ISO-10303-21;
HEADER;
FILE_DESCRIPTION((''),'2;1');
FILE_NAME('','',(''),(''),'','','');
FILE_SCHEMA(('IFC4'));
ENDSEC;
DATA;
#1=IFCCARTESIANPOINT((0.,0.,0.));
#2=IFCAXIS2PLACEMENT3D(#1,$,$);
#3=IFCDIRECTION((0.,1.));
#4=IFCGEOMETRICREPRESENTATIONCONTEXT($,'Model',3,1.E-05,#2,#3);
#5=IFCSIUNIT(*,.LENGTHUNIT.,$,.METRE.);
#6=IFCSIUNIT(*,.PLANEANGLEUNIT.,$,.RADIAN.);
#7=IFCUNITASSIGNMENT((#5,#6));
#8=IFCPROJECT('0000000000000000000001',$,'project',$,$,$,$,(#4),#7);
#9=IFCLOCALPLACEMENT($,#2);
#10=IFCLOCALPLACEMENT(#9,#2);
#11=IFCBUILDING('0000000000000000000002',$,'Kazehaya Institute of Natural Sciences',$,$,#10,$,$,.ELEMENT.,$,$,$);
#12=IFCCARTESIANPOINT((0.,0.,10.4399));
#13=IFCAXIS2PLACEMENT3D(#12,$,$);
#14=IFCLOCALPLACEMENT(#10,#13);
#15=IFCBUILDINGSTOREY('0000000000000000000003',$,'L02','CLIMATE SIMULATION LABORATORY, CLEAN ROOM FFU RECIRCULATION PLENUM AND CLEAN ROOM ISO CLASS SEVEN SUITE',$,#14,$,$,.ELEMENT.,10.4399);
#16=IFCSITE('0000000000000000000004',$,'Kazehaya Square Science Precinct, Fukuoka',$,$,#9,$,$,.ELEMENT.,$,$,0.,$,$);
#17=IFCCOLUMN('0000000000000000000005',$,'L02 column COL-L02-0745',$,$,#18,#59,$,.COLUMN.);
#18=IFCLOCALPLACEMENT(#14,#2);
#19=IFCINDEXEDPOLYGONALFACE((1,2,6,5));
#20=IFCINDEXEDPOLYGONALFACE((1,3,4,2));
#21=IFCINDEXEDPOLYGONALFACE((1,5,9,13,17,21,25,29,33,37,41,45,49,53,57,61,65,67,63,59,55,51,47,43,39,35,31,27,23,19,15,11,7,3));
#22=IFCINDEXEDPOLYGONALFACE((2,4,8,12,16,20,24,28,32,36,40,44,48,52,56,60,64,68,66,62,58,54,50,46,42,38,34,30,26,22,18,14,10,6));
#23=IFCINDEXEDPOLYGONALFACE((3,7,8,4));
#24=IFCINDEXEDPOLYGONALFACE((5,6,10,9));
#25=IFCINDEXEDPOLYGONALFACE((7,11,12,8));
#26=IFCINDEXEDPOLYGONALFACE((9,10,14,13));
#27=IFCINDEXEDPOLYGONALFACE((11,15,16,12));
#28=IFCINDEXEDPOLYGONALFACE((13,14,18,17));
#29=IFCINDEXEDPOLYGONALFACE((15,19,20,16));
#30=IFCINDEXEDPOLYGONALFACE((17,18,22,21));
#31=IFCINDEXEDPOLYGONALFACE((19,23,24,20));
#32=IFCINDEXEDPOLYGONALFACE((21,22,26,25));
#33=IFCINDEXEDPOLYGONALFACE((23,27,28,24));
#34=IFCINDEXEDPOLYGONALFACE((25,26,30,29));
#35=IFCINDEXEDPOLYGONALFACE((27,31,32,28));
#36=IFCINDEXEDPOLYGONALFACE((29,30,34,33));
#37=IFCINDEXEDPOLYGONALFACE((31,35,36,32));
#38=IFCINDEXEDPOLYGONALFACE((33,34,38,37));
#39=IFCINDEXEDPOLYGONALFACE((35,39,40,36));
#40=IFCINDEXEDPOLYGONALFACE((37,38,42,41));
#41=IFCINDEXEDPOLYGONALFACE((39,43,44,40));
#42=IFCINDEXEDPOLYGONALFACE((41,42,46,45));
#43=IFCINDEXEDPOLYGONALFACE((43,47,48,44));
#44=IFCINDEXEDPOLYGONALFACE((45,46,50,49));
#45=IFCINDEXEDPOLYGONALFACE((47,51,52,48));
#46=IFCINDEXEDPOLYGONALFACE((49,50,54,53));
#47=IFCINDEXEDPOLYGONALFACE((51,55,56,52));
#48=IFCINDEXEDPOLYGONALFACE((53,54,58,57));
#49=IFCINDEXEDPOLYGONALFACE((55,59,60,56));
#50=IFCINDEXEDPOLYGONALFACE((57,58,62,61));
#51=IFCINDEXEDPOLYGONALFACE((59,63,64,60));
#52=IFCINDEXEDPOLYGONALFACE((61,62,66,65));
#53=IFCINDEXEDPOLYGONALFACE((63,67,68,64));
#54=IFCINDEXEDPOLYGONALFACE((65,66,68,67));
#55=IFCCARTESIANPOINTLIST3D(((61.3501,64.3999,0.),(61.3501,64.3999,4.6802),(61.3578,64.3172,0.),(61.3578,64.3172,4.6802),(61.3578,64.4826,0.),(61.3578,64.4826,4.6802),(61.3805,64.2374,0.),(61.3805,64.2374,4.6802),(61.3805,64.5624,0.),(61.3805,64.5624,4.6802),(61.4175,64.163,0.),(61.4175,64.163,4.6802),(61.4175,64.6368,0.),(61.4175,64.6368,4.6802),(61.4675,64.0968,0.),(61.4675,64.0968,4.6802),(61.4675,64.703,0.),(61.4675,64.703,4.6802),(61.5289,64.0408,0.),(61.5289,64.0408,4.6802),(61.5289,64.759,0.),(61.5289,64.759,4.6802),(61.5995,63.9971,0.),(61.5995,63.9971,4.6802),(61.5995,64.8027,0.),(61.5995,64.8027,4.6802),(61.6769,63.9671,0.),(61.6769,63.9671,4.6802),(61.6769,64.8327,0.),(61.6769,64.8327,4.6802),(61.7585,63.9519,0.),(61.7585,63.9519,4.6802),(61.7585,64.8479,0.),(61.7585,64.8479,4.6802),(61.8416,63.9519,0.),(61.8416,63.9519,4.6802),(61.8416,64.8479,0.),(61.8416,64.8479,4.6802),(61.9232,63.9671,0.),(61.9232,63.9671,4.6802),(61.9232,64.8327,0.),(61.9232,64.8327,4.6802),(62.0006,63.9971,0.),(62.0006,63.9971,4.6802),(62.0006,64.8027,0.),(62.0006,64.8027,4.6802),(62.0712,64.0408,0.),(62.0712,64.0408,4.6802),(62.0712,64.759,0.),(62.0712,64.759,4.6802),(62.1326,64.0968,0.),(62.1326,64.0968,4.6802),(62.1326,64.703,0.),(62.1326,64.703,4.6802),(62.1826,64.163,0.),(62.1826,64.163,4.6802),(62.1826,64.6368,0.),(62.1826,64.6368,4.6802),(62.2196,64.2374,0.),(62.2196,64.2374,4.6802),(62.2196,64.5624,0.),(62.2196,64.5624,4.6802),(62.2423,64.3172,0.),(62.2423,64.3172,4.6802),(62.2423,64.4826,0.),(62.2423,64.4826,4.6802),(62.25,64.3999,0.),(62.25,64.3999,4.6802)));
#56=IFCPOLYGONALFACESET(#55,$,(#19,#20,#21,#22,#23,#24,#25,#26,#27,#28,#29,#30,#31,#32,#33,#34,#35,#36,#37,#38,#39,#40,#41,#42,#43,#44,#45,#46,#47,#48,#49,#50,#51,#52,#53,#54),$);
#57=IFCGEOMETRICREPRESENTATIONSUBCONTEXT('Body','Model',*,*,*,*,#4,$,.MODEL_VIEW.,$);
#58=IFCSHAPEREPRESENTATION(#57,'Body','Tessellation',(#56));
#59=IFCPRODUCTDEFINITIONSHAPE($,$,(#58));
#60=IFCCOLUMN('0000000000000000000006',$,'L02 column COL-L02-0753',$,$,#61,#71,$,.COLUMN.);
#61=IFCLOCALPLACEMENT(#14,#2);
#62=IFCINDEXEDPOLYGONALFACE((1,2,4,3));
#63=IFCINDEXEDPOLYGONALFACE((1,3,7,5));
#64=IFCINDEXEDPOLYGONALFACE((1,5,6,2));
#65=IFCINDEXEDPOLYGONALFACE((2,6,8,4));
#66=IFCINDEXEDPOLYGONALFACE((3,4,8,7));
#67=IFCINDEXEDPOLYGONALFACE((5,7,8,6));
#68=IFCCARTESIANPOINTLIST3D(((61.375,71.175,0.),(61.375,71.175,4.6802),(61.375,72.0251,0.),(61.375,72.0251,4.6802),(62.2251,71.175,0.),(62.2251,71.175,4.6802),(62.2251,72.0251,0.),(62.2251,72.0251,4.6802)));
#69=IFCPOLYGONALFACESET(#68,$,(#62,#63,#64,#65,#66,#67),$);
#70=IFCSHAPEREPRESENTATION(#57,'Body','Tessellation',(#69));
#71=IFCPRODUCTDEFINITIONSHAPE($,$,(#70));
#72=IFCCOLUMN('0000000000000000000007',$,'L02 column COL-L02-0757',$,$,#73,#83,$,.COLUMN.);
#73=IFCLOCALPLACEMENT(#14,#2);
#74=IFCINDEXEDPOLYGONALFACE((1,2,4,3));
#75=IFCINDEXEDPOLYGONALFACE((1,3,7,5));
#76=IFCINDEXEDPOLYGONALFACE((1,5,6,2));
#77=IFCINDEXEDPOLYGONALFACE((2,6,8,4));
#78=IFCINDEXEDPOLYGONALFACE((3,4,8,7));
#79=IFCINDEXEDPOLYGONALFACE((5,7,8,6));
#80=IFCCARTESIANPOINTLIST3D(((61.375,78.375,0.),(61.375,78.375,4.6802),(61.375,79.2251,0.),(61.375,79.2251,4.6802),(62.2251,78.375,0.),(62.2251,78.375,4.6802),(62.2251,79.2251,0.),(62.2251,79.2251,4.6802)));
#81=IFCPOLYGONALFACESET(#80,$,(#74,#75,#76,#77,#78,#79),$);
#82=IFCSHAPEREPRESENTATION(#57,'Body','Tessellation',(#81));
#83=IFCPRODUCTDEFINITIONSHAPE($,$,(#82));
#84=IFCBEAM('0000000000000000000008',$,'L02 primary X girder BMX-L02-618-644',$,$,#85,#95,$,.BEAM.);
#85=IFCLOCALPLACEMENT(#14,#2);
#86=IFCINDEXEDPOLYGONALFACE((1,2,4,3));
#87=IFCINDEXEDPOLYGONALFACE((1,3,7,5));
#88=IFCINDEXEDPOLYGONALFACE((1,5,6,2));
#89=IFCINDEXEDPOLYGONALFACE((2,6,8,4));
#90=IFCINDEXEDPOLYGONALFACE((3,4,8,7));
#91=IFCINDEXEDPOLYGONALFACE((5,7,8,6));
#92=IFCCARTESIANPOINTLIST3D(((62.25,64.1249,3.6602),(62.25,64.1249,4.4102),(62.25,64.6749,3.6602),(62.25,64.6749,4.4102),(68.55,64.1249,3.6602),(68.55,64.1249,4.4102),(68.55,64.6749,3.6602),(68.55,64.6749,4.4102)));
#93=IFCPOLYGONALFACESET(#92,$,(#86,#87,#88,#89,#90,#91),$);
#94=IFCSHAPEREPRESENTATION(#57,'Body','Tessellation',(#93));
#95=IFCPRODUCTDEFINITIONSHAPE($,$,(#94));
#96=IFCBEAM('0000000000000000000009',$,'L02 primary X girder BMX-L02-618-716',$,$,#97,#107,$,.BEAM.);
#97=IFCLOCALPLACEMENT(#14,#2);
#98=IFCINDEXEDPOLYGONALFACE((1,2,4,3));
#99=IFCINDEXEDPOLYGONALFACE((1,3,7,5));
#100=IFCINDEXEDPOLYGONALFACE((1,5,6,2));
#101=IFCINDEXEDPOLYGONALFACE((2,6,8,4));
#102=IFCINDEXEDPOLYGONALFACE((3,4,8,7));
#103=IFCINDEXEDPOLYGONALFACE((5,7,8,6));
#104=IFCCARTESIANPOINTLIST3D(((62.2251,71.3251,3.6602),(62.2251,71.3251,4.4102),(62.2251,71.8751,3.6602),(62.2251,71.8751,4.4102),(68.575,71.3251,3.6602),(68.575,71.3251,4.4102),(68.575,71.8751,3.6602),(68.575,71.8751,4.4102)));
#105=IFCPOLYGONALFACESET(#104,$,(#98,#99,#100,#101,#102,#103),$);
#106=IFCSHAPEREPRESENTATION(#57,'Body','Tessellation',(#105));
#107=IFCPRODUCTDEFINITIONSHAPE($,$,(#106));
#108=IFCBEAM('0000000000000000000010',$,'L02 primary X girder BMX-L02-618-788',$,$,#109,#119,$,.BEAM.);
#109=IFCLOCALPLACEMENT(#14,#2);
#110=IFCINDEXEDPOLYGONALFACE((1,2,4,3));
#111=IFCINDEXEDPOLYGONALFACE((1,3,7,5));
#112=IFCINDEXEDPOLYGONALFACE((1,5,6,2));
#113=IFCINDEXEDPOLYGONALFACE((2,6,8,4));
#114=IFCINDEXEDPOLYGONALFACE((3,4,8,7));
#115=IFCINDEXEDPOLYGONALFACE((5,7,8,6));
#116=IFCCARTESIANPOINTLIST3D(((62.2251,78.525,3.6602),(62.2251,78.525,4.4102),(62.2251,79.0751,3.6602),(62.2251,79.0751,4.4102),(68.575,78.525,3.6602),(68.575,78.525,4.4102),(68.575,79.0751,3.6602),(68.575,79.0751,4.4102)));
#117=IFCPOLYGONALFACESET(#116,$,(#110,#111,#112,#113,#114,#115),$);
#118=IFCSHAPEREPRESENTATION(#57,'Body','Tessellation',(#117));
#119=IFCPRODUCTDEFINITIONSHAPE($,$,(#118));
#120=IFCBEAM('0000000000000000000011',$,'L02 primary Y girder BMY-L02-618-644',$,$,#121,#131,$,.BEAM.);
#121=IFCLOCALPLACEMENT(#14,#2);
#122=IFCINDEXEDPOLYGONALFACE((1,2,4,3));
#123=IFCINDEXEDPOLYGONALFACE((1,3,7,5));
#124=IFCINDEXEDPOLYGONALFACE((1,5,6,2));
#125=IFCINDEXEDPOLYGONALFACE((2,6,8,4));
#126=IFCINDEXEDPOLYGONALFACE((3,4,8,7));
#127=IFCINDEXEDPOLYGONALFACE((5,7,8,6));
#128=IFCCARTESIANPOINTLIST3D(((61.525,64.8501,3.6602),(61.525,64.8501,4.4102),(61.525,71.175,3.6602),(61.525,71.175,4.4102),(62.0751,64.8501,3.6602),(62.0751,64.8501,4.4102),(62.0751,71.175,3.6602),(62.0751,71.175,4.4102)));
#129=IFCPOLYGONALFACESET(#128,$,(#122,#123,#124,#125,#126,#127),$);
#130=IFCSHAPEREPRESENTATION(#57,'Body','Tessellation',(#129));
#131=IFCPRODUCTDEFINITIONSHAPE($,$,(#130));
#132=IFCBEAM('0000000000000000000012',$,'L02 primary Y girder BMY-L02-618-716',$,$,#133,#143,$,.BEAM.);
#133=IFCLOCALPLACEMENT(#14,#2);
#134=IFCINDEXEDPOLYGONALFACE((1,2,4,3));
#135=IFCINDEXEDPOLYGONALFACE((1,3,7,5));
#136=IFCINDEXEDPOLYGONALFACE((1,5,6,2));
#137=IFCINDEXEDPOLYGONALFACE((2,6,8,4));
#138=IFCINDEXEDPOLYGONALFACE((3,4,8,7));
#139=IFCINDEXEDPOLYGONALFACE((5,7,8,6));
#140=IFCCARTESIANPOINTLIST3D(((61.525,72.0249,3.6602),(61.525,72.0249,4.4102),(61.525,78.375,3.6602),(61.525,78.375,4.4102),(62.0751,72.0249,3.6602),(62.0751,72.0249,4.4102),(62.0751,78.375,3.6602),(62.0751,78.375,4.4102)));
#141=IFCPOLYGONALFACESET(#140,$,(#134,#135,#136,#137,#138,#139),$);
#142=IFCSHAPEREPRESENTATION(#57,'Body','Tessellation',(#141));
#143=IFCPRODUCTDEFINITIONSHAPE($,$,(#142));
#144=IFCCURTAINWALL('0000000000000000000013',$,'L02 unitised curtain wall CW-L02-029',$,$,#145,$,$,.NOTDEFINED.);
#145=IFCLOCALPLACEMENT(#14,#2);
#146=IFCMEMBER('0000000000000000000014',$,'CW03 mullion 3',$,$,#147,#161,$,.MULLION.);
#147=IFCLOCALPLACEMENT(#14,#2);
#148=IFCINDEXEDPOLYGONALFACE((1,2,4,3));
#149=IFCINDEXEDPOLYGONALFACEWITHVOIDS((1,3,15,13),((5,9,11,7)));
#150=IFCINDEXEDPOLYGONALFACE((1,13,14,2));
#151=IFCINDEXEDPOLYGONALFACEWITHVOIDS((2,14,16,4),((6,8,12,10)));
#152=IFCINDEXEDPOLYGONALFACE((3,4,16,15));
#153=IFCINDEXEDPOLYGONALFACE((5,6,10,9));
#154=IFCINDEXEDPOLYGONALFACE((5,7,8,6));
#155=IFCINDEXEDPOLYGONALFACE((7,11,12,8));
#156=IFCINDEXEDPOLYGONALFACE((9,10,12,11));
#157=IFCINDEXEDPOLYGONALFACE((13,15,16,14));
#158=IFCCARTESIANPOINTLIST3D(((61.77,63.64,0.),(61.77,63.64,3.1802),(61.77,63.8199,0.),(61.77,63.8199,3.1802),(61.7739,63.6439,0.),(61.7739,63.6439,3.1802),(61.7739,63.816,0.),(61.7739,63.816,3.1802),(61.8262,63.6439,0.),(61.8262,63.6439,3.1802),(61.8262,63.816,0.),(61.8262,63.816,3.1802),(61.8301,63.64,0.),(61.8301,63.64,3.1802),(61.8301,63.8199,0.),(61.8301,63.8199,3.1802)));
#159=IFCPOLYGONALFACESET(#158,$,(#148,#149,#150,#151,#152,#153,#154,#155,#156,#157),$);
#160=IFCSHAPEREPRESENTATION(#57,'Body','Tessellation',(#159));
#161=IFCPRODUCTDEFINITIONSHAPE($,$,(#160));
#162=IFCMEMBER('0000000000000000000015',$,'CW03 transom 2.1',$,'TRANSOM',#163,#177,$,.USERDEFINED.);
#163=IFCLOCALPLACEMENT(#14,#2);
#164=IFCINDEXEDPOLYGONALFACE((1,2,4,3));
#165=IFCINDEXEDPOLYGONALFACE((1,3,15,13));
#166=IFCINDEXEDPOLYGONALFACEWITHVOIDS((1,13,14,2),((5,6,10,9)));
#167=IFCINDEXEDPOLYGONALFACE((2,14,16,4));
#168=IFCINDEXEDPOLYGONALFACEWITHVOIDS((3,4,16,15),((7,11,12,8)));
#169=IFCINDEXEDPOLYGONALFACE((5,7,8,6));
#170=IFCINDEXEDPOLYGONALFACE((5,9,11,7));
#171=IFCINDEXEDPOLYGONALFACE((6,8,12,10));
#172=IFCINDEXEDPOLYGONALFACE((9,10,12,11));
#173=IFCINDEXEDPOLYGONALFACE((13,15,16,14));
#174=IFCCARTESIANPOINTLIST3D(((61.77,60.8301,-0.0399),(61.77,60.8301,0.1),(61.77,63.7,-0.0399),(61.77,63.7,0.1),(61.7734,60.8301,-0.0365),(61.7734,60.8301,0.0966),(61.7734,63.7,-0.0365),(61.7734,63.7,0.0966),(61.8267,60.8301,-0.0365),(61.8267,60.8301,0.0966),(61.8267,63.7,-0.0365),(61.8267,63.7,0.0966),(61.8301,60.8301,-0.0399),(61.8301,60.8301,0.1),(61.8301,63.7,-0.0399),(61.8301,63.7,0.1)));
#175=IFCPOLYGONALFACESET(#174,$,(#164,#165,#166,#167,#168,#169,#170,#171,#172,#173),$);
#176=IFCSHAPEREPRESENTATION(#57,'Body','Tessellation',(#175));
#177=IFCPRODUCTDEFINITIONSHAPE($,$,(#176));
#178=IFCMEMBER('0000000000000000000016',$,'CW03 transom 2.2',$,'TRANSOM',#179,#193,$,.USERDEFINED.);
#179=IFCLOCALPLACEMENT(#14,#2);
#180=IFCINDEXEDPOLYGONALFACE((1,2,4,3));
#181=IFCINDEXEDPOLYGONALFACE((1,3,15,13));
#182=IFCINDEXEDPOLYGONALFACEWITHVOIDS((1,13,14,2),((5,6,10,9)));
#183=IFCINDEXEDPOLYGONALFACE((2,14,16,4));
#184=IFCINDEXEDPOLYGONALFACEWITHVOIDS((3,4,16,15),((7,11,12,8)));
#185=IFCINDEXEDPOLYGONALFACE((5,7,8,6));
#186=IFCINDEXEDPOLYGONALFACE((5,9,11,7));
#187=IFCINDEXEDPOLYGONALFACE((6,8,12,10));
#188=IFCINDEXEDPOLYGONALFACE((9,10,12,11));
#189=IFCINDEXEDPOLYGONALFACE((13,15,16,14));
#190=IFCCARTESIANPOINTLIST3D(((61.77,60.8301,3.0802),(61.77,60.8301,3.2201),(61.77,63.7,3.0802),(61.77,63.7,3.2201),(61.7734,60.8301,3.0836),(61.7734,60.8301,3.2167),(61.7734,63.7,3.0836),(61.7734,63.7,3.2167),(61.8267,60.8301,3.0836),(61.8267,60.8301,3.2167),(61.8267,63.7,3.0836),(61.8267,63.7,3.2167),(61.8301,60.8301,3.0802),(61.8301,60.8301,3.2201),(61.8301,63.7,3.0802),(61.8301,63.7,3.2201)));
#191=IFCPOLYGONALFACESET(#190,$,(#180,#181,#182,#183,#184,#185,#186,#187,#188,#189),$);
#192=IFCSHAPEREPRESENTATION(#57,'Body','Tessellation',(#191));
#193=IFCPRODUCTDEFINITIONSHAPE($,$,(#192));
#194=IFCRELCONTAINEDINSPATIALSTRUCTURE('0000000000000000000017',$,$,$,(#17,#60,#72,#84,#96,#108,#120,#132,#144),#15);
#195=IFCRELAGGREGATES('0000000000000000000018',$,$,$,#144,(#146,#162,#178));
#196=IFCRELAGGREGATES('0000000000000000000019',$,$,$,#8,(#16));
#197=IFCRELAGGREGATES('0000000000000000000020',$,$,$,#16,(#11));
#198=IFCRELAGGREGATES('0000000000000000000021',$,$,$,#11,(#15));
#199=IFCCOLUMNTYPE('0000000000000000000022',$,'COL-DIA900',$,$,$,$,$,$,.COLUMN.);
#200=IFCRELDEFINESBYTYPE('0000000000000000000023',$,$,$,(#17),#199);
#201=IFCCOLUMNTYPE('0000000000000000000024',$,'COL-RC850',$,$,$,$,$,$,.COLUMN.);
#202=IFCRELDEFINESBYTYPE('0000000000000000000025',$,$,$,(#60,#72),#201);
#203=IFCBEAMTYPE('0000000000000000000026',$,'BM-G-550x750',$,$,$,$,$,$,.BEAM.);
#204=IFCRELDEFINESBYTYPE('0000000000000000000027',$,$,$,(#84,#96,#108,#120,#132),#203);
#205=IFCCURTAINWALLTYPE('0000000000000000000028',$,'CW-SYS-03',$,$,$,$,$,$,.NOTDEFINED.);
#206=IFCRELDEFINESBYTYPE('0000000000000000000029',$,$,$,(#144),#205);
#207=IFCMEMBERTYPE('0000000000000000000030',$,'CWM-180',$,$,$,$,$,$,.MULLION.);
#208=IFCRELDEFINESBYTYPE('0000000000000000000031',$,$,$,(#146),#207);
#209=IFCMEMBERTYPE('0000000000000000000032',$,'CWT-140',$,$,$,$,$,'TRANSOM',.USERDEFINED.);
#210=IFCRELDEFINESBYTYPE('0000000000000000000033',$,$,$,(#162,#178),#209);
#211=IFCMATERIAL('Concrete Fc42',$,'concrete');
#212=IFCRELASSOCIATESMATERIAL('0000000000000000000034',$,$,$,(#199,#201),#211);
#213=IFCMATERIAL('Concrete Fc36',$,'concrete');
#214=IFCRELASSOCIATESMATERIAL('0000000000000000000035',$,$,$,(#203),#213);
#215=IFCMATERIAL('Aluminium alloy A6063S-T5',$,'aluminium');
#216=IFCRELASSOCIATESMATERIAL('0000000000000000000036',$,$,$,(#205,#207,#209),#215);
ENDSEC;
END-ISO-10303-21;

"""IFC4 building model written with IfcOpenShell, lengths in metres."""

from ifc_helpers import new_model, si_unit, direction, frame, origin, origin_2d, place, context, subcontext, project, spatial, rectangle, hollow_rectangle, circle, extrude, material, material_profile, profile_set, type_object, element, aggregate, save


model = new_model("IFC4")

# Units and contexts
model_context = context("Model", 3, precision=1e-05, world=origin(), true_north=direction((0.0, 1.0)))
body_context = subcontext(model_context, "Body", "Model", "MODEL_VIEW")
ifc_project = project(units=[si_unit("LENGTHUNIT", "METRE"), si_unit("PLANEANGLEUNIT", "RADIAN")], contexts=[model_context])

# Site, building, storey
site_placement = place(None, origin())
site = spatial("IfcSite", under=ifc_project, at=site_placement, Name="Kazehaya Square Science Precinct, Fukuoka", CompositionType="ELEMENT", RefElevation=0.0)
building_placement = place(site_placement, origin())
building = spatial("IfcBuilding", under=site, at=building_placement, Name="Kazehaya Institute of Natural Sciences", CompositionType="ELEMENT")
storey_placement = place(building_placement, frame((0.0, 0.0, 10.4399)))
storey = spatial("IfcBuildingStorey", under=building, at=storey_placement, Name="L02", Description="CLIMATE SIMULATION LABORATORY, CLEAN ROOM FFU RECIRCULATION PLENUM AND CLEAN ROOM ISO CLASS SEVEN SUITE", CompositionType="ELEMENT", Elevation=10.4399)

# Columns
ifc_material_1 = material(Name="Concrete Fc42", Category="concrete")
ifc_material_profile_1 = material_profile(ifc_material_1, circle(Radius=0.45, at=origin_2d()), Name="RC-DIA900")
ifc_profile_set_1 = profile_set([ifc_material_profile_1], Name="Concrete Fc42")
column_type_1 = type_object("IfcColumnType", Name="COL-DIA900", PredefinedType="COLUMN", material=ifc_profile_set_1)
column_placement = place(storey_placement, frame((61.8, 64.3999, 0.0), z_axis=(0.0, 0.0, 1.0), x_axis=(1.0, 0.0, 0.0)))
element("IfcColumn", 1, at=column_placement, inside=storey, type_object=column_type_1, Name="L02 column COL-L02-0745", PredefinedType="COLUMN", context=body_context, shape_type="SweptSolid", body=[
    extrude(circle(Radius=0.45, at=origin_2d()), origin(), (0.0, 0.0, 1.0), 4.6802),
])
ifc_material_profile_2 = material_profile(ifc_material_1, rectangle(XDim=0.8501, YDim=0.8501, at=origin_2d()), Name="RC-850x850")
ifc_profile_set_2 = profile_set([ifc_material_profile_2], Name="Concrete Fc42")
column_type_2 = type_object("IfcColumnType", Name="COL-RC850", PredefinedType="COLUMN", material=ifc_profile_set_2)
for number, where, z_axis, x_axis, name in (
    (2, (61.8, 71.6001, 0.0), (0.0, 0.0, 1.0), (1.0, 0.0, 0.0), "L02 column COL-L02-0753"),
    (3, (61.8, 78.8, 0.0), (0.0, 0.0, 1.0), (1.0, 0.0, 0.0), "L02 column COL-L02-0757"),
):
    element("IfcColumn", number, at=place(storey_placement, frame(where, z_axis=z_axis, x_axis=x_axis)), inside=storey, type_object=column_type_2, Name=name, PredefinedType="COLUMN", context=body_context, shape_type="SweptSolid", body=[
        extrude(rectangle(XDim=0.8501, YDim=0.8501, at=origin_2d()), origin(), (0.0, 0.0, 1.0), 4.6802),
    ])

# Beams
ifc_material_2 = material(Name="Concrete Fc36", Category="concrete")
ifc_material_profile_3 = material_profile(ifc_material_2, rectangle(XDim=0.55, YDim=0.75, at=origin_2d()), Name="RC-550x750")
ifc_profile_set_3 = profile_set([ifc_material_profile_3], Name="Concrete Fc36")
beam_type = type_object("IfcBeamType", Name="BM-G-550x750", PredefinedType="BEAM", material=ifc_profile_set_3)
beam_1_placement = place(storey_placement, frame((62.25, 64.3999, 4.0352), z_axis=(1.0, 0.0, 0.0), x_axis=(0.0, 1.0, 0.0)))
element("IfcBeam", 4, at=beam_1_placement, inside=storey, type_object=beam_type, Name="L02 primary X girder BMX-L02-618-644", PredefinedType="BEAM", context=body_context, shape_type="SweptSolid", body=[
    extrude(rectangle(XDim=0.55, YDim=0.75, at=origin_2d()), origin(), (0.0, 0.0, 1.0), 6.3),
])
for number, where, z_axis, x_axis, name in (
    (5, (62.2251, 71.6001, 4.0352), (1.0, 0.0, 0.0), (0.0, 1.0, 0.0), "L02 primary X girder BMX-L02-618-716"),
    (6, (62.2251, 78.8, 4.0352), (1.0, 0.0, 0.0), (0.0, 1.0, 0.0), "L02 primary X girder BMX-L02-618-788"),
):
    element("IfcBeam", number, at=place(storey_placement, frame(where, z_axis=z_axis, x_axis=x_axis)), inside=storey, type_object=beam_type, Name=name, PredefinedType="BEAM", context=body_context, shape_type="SweptSolid", body=[
        extrude(rectangle(XDim=0.55, YDim=0.75, at=origin_2d()), origin(), (0.0, 0.0, 1.0), 6.3499),
    ])
beam_2_placement = place(storey_placement, frame((61.8, 64.8501, 4.0352), z_axis=(0.0, 1.0, 0.0), x_axis=(-1.0, 0.0, 0.0)))
element("IfcBeam", 7, at=beam_2_placement, inside=storey, type_object=beam_type, Name="L02 primary Y girder BMY-L02-618-644", PredefinedType="BEAM", context=body_context, shape_type="SweptSolid", body=[
    extrude(rectangle(XDim=0.55, YDim=0.75, at=origin_2d()), origin(), (0.0, 0.0, 1.0), 6.325),
])
beam_3_placement = place(storey_placement, frame((61.8, 72.0249, 4.0352), z_axis=(0.0, 1.0, 0.0), x_axis=(-1.0, 0.0, 0.0)))
element("IfcBeam", 8, at=beam_3_placement, inside=storey, type_object=beam_type, Name="L02 primary Y girder BMY-L02-618-716", PredefinedType="BEAM", context=body_context, shape_type="SweptSolid", body=[
    extrude(rectangle(XDim=0.55, YDim=0.75, at=origin_2d()), origin(), (0.0, 0.0, 1.0), 6.3501),
])

# Curtain wall, members
ifc_material_3 = material(Name="Aluminium alloy A6063S-T5", Category="aluminium")
curtain_wall_type = type_object("IfcCurtainWallType", Name="CW-SYS-03", PredefinedType="NOTDEFINED", material=ifc_material_3)
curtain_wall_placement = place(storey_placement, origin())
curtain_wall = element("IfcCurtainWall", 9, at=curtain_wall_placement, inside=storey, type_object=curtain_wall_type, Name="L02 unitised curtain wall CW-L02-029", PredefinedType="NOTDEFINED")
ifc_material_profile_4 = material_profile(ifc_material_3, hollow_rectangle(XDim=0.0601, YDim=0.1799, WallThickness=0.0039, at=origin_2d()), Name="ALU-60x180x4")
ifc_profile_set_4 = profile_set([ifc_material_profile_4], Name="Aluminium alloy A6063S-T5")
member_type_1 = type_object("IfcMemberType", Name="CWM-180", PredefinedType="MULLION", material=ifc_profile_set_4)
member_1_placement = place(storey_placement, frame((61.8, 63.73, 0.0), z_axis=(0.0, 0.0, 1.0), x_axis=(-1.0, 0.0, 0.0)))
member_1 = element("IfcMember", 10, at=member_1_placement, type_object=member_type_1, Name="CW03 mullion 3", PredefinedType="MULLION", context=body_context, shape_type="SweptSolid", body=[
    extrude(hollow_rectangle(XDim=0.0601, YDim=0.1799, WallThickness=0.0039, at=origin_2d()), origin(), (0.0, 0.0, 1.0), 3.1802),
])
ifc_material_profile_5 = material_profile(ifc_material_3, hollow_rectangle(XDim=0.0601, YDim=0.1399, WallThickness=0.0034, at=origin_2d()), Name="ALU-60x140x3.5")
ifc_profile_set_5 = profile_set([ifc_material_profile_5], Name="Aluminium alloy A6063S-T5")
member_type_2 = type_object("IfcMemberType", Name="CWT-140", ElementType="TRANSOM", PredefinedType="USERDEFINED", material=ifc_profile_set_5)
member_2_placement = place(storey_placement, frame((61.8, 60.8301, 0.03), z_axis=(0.0, 1.0, 0.0), x_axis=(-1.0, 0.0, 0.0)))
member_2 = element("IfcMember", 11, at=member_2_placement, type_object=member_type_2, Name="CW03 transom 2.1", ObjectType="TRANSOM", PredefinedType="USERDEFINED", context=body_context, shape_type="SweptSolid", body=[
    extrude(hollow_rectangle(XDim=0.0601, YDim=0.1399, WallThickness=0.0034, at=origin_2d()), origin(), (0.0, 0.0, 1.0), 2.8699),
])
member_3_placement = place(storey_placement, frame((61.8, 60.8301, 3.1501), z_axis=(0.0, 1.0, 0.0), x_axis=(-1.0, 0.0, 0.0)))
member_3 = element("IfcMember", 12, at=member_3_placement, type_object=member_type_2, Name="CW03 transom 2.2", ObjectType="TRANSOM", PredefinedType="USERDEFINED", context=body_context, shape_type="SweptSolid", body=[
    extrude(hollow_rectangle(XDim=0.0601, YDim=0.1399, WallThickness=0.0034, at=origin_2d()), origin(), (0.0, 0.0, 1.0), 2.8699),
])
aggregate(curtain_wall, [member_1, member_2, member_3])

save(model, "model.ifc")
